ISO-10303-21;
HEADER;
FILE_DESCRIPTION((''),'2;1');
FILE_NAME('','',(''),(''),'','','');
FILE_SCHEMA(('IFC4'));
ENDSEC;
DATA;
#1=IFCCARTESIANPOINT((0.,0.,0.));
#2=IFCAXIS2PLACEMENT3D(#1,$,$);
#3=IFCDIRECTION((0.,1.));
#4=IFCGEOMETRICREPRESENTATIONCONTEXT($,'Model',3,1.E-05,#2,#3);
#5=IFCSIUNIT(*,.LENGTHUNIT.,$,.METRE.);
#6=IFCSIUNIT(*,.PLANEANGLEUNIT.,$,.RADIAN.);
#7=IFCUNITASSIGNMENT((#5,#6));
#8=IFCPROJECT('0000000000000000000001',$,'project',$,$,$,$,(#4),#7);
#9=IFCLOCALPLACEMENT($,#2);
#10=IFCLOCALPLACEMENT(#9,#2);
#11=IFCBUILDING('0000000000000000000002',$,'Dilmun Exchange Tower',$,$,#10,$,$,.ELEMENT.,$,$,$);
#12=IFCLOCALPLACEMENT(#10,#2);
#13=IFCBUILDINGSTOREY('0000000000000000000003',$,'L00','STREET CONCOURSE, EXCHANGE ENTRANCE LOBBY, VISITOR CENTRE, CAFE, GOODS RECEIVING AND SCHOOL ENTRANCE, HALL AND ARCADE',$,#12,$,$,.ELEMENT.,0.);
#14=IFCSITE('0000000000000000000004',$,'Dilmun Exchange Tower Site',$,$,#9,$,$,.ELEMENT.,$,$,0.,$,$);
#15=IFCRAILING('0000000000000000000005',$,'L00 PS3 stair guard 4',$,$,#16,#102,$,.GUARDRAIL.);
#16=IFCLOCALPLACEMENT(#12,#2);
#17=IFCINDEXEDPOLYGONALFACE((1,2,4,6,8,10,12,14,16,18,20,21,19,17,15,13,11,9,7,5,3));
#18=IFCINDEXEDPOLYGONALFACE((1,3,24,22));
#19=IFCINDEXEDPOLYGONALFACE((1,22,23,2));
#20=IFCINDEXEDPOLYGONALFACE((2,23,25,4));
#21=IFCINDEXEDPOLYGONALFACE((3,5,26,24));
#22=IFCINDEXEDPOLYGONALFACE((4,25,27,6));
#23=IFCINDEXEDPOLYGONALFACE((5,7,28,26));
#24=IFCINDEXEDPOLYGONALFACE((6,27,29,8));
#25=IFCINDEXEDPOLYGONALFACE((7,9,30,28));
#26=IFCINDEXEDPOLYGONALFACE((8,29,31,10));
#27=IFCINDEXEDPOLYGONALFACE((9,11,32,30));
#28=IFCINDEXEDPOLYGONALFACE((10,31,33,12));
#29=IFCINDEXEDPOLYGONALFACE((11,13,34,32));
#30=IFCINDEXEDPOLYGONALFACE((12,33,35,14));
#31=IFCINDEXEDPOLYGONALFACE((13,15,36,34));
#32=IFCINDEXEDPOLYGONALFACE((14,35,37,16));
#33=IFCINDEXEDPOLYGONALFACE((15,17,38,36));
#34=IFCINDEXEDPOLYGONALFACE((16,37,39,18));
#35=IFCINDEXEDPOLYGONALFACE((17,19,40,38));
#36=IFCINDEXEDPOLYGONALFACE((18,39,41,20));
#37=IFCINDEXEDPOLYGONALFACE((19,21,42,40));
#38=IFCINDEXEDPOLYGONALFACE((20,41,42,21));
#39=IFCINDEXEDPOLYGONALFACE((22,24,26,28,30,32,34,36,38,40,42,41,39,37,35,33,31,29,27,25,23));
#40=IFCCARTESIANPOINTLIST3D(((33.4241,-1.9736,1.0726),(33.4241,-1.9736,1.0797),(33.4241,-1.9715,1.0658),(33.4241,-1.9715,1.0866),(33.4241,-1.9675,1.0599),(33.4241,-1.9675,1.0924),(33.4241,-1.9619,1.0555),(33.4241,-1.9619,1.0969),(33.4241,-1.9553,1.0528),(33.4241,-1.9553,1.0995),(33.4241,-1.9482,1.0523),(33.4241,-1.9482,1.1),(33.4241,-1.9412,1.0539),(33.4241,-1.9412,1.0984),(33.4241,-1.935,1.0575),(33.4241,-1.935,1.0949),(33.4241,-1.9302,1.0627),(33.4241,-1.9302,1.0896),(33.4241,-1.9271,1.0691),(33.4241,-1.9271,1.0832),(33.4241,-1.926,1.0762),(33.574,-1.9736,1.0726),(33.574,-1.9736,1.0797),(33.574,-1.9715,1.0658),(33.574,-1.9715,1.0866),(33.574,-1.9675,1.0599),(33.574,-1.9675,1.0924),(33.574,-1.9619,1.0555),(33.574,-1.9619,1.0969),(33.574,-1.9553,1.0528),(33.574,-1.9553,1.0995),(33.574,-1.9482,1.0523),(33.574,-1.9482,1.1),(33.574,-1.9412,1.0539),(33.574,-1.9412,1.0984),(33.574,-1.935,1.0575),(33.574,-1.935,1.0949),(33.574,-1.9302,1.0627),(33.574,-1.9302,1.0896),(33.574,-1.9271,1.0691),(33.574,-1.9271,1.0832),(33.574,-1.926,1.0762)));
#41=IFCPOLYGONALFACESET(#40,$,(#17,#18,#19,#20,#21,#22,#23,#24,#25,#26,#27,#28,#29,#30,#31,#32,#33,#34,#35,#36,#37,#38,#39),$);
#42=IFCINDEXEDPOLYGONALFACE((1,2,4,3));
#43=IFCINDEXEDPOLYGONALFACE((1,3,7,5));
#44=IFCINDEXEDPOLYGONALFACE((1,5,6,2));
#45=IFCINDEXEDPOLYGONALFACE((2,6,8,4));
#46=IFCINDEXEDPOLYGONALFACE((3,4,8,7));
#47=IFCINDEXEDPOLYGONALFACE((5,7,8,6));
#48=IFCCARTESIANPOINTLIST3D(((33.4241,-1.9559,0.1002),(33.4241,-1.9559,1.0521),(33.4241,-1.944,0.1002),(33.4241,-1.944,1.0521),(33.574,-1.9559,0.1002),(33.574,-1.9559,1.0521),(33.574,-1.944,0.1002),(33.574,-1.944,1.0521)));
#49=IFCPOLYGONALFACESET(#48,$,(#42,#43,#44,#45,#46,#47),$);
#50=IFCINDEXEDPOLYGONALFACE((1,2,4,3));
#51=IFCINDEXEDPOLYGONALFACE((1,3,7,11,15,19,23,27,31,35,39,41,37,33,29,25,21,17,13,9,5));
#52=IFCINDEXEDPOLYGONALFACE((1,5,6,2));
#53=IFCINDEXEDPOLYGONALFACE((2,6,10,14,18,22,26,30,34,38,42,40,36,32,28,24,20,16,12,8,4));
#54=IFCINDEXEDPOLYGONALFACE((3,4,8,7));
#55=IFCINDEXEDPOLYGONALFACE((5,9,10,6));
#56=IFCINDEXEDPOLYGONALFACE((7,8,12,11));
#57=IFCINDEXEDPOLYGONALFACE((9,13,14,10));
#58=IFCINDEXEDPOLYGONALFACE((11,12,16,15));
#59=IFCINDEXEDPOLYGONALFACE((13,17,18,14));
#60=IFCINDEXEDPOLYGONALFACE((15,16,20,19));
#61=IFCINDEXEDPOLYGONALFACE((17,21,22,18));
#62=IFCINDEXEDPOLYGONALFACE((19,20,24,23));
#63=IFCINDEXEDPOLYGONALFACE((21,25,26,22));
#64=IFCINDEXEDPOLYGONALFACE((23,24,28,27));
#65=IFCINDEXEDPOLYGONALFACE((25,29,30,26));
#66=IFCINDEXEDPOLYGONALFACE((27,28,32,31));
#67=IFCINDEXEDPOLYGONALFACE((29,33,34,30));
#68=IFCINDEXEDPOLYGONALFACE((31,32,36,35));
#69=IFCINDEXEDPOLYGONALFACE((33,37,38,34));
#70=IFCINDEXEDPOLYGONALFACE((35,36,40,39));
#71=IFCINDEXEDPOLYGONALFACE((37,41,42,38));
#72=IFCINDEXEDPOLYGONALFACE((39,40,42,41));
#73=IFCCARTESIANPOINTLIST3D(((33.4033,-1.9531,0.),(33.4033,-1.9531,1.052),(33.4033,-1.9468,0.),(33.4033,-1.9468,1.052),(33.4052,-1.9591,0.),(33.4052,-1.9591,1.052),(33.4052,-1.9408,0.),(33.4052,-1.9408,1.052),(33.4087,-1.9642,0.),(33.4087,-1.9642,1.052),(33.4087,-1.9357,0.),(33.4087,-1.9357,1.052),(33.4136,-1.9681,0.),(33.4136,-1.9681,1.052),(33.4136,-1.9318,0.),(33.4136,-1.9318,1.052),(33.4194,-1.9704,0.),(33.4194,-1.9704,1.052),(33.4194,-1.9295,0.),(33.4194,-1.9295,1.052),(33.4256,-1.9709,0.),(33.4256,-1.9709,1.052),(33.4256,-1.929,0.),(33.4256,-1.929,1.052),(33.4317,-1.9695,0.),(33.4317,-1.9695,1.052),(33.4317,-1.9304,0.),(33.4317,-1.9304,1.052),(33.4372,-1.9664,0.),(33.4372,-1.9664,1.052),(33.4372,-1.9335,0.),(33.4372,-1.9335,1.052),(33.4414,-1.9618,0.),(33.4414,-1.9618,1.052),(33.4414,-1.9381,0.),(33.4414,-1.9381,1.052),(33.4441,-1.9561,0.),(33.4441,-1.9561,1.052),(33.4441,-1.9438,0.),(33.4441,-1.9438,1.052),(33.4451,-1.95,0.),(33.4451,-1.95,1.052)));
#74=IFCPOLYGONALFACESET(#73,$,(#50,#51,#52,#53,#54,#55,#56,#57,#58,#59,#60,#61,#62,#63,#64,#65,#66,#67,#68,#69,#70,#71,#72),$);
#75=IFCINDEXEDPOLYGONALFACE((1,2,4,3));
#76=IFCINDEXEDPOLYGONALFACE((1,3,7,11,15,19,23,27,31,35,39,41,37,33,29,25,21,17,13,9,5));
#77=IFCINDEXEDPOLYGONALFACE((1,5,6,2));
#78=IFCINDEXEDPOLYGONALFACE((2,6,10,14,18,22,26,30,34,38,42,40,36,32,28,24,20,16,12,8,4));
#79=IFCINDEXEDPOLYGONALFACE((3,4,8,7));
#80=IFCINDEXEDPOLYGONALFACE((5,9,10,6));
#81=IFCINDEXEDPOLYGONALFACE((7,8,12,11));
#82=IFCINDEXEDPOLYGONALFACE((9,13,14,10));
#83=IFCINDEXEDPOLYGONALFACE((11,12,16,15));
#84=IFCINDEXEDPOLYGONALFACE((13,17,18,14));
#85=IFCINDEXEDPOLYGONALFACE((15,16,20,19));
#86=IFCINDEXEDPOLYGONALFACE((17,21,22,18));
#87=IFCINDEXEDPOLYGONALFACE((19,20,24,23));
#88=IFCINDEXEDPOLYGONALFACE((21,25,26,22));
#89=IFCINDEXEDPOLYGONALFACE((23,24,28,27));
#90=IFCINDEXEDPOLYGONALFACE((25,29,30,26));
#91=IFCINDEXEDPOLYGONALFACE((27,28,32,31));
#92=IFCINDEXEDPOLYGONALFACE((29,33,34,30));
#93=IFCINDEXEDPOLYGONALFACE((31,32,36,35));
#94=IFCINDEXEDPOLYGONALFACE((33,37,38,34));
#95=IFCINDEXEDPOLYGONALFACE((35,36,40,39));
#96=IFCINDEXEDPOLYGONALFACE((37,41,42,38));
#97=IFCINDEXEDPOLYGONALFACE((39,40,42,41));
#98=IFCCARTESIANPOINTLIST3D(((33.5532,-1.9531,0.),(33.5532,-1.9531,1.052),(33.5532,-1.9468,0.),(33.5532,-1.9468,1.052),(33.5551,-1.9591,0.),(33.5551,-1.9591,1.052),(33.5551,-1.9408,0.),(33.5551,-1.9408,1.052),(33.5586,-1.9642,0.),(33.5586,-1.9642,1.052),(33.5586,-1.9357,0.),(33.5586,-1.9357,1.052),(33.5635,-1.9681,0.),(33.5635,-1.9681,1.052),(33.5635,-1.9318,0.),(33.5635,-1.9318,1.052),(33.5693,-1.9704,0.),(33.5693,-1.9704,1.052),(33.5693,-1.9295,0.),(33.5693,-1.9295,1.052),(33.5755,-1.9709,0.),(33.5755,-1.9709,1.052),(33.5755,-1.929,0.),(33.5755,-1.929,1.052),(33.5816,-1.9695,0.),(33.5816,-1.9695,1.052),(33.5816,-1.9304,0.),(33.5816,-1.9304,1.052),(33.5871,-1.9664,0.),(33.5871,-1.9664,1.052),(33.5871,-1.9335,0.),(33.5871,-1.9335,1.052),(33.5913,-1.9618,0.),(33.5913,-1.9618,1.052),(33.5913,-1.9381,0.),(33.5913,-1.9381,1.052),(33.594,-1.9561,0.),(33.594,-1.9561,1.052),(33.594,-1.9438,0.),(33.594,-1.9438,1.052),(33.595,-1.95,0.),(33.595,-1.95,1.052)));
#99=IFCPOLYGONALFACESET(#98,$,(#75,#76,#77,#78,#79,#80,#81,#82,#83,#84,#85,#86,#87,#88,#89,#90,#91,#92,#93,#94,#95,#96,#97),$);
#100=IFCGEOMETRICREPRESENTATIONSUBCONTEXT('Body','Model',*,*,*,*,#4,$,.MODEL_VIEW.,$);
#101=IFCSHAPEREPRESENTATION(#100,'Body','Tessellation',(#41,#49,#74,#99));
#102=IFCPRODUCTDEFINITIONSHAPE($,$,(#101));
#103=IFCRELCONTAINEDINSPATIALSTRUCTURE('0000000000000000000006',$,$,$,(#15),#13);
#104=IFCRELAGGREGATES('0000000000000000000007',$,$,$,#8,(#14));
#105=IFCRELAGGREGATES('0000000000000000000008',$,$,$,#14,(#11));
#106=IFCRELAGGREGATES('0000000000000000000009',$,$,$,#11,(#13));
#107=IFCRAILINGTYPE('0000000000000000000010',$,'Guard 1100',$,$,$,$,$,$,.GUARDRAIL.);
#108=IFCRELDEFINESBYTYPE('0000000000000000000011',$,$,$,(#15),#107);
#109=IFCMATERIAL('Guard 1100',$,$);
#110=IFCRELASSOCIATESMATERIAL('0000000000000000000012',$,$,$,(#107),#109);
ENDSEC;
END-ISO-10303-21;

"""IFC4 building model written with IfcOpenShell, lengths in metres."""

from ifc_helpers import new_model, si_unit, direction, frame, origin, origin_2d, place, context, subcontext, project, spatial, rectangle, circle, extrude, material, type_object, element, save


model = new_model("IFC4")

# Units and contexts
model_context = context("Model", 3, precision=1e-05, world=origin(), true_north=direction((0.0, 1.0)))
body_context = subcontext(model_context, "Body", "Model", "MODEL_VIEW")
ifc_project = project(units=[si_unit("LENGTHUNIT", "METRE"), si_unit("PLANEANGLEUNIT", "RADIAN")], contexts=[model_context])

# Site, building, storey
site_placement = place(None, origin())
site = spatial("IfcSite", under=ifc_project, at=site_placement, Name="Dilmun Exchange Tower Site", CompositionType="ELEMENT", RefElevation=0.0)
building_placement = place(site_placement, origin())
building = spatial("IfcBuilding", under=site, at=building_placement, Name="Dilmun Exchange Tower", CompositionType="ELEMENT")
storey_placement = place(building_placement, origin())
storey = spatial("IfcBuildingStorey", under=building, at=storey_placement, Name="L00", Description="STREET CONCOURSE, EXCHANGE ENTRANCE LOBBY, VISITOR CENTRE, CAFE, GOODS RECEIVING AND SCHOOL ENTRANCE, HALL AND ARCADE", CompositionType="ELEMENT", Elevation=0.0)

# Railing
ifc_material_1 = material(Name="Guard 1100")
railing_type_1 = type_object("IfcRailingType", Name="Guard 1100", PredefinedType="GUARDRAIL", material=ifc_material_1)
railing_1_placement = place(storey_placement, frame((33.4241, -1.95, 0.0)))
element("IfcRailing", 1, at=railing_1_placement, inside=storey, type_object=railing_type_1, Name="L00 PS3 stair guard 4", PredefinedType="GUARDRAIL", context=body_context, shape_type="SweptSolid", body=[
    extrude(circle(Radius=0.0239, at=origin_2d()), frame((0.0, 0.0, 1.0762), z_axis=(1.0, 0.0, 0.0), x_axis=(0.0, 1.0, 0.0)), (0.0, 0.0, 1.0), 0.1499),
    extrude(rectangle(XDim=0.012, YDim=0.9519, at=origin_2d()), frame((0.0, 0.0, 0.5762), z_axis=(1.0, 0.0, 0.0), x_axis=(0.0, 1.0, 0.0)), (0.0, 0.0, 1.0), 0.1499),
    extrude(circle(Radius=0.021, at=origin_2d()), origin(), (0.0, 0.0, 1.0), 1.052),
    extrude(circle(Radius=0.021, at=origin_2d()), frame((0.1499, 0.0, 0.0)), (0.0, 0.0, 1.0), 1.052),
])

save(model, "model.ifc")
